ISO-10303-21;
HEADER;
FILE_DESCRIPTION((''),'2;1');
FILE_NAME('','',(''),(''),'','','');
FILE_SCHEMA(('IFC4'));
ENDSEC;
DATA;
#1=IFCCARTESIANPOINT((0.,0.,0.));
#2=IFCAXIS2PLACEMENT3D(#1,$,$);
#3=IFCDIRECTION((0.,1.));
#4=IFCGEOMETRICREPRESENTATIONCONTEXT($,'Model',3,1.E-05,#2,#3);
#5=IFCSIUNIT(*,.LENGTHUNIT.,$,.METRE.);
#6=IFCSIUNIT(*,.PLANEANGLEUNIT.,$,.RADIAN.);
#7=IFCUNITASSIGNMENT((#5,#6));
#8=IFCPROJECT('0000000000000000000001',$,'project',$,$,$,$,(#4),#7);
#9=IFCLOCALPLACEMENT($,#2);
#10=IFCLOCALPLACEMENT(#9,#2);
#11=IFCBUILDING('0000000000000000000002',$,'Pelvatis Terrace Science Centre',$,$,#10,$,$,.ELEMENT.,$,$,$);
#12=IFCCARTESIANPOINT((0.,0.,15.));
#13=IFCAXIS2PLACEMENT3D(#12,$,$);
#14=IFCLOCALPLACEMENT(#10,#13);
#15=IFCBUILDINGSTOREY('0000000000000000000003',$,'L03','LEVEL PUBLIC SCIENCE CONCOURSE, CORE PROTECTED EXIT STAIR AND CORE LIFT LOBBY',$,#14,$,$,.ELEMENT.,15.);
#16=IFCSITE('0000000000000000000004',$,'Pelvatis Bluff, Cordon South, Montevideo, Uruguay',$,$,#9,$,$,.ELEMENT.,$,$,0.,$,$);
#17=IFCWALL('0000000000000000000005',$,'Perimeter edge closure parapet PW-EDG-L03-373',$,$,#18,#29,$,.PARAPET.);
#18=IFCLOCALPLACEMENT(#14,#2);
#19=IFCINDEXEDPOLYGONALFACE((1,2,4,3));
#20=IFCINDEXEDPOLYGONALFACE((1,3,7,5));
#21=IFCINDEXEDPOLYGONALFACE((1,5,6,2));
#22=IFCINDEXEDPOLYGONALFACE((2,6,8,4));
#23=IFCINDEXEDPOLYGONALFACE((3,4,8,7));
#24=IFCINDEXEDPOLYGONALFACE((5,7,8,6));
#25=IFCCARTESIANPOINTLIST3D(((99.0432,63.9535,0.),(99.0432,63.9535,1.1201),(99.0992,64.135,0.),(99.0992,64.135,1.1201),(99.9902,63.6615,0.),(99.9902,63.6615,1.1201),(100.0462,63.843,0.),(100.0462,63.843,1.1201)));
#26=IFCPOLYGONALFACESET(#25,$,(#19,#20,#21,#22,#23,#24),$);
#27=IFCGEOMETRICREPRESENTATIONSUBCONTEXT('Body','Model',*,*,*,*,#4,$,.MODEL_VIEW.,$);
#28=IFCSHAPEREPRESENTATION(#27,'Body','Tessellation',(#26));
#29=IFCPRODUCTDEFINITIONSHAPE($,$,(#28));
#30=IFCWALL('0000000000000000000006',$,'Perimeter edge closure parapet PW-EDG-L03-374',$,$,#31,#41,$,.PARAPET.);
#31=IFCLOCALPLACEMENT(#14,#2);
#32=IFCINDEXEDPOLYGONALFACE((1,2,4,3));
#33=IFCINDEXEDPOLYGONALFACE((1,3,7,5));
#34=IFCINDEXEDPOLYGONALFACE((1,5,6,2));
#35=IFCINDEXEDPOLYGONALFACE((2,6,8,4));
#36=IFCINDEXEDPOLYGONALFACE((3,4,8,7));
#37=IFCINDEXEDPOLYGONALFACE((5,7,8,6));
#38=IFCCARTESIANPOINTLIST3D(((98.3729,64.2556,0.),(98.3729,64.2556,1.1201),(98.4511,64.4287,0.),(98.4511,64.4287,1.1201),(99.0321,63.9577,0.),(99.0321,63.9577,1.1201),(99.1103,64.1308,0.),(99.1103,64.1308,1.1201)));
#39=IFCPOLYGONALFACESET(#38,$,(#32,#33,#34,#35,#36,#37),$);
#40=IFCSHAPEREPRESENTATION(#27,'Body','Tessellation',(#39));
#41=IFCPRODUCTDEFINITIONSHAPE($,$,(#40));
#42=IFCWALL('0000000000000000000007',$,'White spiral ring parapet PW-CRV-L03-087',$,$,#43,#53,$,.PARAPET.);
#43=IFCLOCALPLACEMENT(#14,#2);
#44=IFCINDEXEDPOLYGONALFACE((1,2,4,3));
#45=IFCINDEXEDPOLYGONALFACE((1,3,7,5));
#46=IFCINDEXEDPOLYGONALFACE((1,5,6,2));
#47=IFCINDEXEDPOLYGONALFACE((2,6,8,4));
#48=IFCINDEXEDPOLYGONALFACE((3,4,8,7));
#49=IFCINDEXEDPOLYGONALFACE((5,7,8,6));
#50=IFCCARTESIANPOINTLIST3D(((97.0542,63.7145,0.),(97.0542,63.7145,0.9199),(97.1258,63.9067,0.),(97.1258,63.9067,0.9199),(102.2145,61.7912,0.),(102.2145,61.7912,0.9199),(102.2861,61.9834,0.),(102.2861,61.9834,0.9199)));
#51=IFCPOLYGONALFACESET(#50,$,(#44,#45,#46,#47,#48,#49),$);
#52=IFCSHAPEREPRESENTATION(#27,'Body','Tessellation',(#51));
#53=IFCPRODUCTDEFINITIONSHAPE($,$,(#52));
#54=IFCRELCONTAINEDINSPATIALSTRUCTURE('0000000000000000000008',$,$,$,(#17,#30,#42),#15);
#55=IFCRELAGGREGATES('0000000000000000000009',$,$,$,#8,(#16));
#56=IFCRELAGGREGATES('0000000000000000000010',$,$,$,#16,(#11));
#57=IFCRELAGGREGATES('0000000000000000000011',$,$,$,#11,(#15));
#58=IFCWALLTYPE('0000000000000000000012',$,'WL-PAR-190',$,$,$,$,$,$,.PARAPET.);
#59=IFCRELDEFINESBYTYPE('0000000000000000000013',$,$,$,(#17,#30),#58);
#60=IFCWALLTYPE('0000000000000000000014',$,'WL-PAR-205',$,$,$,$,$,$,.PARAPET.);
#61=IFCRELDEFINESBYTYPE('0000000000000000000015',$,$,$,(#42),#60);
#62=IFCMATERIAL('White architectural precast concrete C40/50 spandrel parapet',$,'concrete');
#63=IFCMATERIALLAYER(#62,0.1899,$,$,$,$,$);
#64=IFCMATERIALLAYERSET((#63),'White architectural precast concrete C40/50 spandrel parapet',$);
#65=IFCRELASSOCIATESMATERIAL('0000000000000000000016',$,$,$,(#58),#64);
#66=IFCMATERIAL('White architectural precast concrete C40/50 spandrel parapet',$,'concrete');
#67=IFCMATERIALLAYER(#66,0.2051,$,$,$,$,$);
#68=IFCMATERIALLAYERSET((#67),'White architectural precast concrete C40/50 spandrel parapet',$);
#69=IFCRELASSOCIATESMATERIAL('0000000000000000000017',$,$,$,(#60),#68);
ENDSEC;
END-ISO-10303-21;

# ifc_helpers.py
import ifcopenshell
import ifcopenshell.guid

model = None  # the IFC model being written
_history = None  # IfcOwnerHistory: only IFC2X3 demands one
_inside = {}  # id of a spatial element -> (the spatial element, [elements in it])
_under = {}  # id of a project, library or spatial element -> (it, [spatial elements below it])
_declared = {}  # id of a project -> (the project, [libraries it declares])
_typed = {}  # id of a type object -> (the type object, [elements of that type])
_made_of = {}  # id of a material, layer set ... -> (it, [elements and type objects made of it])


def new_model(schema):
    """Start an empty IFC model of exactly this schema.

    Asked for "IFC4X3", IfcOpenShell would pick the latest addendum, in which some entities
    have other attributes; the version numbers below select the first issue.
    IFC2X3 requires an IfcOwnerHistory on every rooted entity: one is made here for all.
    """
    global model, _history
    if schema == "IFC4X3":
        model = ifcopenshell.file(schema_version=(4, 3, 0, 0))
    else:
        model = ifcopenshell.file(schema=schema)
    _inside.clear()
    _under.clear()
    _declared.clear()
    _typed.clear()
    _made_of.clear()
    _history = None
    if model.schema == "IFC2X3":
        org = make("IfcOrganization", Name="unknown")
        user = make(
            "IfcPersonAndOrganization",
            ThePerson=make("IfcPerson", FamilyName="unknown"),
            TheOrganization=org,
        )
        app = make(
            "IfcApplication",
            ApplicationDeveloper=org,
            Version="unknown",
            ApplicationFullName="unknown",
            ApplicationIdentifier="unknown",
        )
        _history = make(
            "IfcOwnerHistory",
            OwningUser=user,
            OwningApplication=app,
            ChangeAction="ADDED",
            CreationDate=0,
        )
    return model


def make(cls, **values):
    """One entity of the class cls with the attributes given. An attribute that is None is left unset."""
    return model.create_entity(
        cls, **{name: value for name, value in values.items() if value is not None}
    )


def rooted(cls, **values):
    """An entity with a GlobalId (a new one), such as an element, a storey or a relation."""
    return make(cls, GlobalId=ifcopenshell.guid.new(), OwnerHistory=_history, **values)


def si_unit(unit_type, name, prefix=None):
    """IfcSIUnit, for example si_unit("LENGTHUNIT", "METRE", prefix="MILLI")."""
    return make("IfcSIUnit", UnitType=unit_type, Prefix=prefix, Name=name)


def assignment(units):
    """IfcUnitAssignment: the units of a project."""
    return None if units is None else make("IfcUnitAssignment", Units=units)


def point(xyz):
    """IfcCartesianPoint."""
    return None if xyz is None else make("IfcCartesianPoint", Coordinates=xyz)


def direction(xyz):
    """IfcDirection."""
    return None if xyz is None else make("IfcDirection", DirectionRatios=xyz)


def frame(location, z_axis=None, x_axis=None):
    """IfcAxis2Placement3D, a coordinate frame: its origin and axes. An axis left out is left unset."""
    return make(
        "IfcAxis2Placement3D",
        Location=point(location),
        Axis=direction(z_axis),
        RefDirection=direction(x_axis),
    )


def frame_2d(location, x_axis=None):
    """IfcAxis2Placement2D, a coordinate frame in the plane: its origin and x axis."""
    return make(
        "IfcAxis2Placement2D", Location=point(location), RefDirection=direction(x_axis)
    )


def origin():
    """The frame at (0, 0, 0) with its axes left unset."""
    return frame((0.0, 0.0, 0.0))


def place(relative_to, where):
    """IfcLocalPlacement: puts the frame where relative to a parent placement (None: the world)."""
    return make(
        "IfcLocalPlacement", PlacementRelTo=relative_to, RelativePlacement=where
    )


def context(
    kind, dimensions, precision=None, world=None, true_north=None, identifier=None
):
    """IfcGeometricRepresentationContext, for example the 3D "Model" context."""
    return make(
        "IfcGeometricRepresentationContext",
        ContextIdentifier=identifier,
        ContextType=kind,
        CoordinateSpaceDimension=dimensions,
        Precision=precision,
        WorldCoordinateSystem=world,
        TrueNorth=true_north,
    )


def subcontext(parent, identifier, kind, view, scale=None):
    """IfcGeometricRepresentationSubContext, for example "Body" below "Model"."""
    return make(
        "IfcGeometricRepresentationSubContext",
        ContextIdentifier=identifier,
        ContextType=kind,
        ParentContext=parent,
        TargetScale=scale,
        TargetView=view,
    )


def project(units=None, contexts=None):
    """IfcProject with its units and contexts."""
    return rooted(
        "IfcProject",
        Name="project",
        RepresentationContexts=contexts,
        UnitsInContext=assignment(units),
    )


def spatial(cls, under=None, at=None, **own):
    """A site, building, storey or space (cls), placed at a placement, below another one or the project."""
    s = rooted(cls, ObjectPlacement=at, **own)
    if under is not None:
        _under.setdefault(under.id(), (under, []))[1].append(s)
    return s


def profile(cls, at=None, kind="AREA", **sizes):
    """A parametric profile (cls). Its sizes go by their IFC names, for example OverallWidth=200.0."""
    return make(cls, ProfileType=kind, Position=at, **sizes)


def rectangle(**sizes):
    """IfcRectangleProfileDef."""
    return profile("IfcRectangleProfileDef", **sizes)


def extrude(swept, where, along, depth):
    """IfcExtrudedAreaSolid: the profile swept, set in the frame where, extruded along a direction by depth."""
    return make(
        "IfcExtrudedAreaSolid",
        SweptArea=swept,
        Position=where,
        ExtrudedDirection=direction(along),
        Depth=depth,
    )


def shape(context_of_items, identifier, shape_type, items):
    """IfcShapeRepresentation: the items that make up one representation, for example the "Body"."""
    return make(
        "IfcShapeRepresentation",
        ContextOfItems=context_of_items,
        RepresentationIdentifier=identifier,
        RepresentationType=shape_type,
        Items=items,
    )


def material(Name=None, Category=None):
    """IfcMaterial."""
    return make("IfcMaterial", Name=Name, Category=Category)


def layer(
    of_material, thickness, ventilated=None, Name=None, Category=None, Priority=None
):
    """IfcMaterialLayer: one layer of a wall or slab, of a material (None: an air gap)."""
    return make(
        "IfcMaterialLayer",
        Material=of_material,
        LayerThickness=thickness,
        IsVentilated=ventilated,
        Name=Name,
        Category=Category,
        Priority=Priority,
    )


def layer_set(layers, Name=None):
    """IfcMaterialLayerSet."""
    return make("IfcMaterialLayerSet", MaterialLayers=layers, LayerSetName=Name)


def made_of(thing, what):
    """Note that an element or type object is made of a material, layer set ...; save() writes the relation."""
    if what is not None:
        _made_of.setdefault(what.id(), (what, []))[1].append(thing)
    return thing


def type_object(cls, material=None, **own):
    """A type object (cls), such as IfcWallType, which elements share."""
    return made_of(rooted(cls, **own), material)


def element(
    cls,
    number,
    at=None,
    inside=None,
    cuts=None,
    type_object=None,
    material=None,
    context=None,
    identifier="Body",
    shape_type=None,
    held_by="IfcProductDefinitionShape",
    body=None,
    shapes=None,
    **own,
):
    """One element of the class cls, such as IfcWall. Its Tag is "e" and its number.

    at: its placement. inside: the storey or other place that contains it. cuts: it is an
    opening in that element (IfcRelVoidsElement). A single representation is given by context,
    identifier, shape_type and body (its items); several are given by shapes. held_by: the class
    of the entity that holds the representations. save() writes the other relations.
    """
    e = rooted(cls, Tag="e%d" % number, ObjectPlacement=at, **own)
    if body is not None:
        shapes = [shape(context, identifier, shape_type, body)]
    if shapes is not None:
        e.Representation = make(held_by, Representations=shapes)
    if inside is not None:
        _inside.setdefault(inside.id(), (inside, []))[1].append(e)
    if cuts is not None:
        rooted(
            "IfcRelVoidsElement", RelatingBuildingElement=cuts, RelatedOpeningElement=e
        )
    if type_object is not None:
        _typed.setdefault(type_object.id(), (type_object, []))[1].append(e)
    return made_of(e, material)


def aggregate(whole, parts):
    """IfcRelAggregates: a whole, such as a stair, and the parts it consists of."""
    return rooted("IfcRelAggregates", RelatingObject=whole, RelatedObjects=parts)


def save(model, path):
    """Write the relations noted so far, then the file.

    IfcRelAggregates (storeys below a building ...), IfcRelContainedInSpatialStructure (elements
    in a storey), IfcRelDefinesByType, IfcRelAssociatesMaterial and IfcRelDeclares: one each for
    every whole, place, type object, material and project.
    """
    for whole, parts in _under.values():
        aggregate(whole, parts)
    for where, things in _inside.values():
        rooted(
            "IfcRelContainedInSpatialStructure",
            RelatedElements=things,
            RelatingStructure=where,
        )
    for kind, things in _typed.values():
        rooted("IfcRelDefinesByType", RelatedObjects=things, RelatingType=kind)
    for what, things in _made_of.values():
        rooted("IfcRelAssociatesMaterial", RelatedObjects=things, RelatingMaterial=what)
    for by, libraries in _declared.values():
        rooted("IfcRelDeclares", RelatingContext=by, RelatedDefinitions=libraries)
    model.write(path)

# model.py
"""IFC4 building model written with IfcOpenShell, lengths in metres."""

from ifc_helpers import new_model, si_unit, direction, frame, frame_2d, origin, place, context, subcontext, project, spatial, rectangle, extrude, material, layer, layer_set, type_object, element, save


model = new_model("IFC4")

# Units and contexts
model_context = context("Model", 3, precision=1e-05, world=origin(), true_north=direction((0.0, 1.0)))
body_context = subcontext(model_context, "Body", "Model", "MODEL_VIEW")
ifc_project = project(units=[si_unit("LENGTHUNIT", "METRE"), si_unit("PLANEANGLEUNIT", "RADIAN")], contexts=[model_context])

# Site, building, storey
site_placement = place(None, origin())
site = spatial("IfcSite", under=ifc_project, at=site_placement, Name="Pelvatis Bluff, Cordon South, Montevideo, Uruguay", CompositionType="ELEMENT", RefElevation=0.0)
building_placement = place(site_placement, origin())
building = spatial("IfcBuilding", under=site, at=building_placement, Name="Pelvatis Terrace Science Centre", CompositionType="ELEMENT")
storey_placement = place(building_placement, frame((0.0, 0.0, 15.0)))
storey = spatial("IfcBuildingStorey", under=building, at=storey_placement, Name="L03", Description="LEVEL PUBLIC SCIENCE CONCOURSE, CORE PROTECTED EXIT STAIR AND CORE LIFT LOBBY", CompositionType="ELEMENT", Elevation=15.0)

# Walls
ifc_material_1 = material(Name="White architectural precast concrete C40/50 spandrel parapet", Category="concrete")
ifc_layer_1 = layer(ifc_material_1, 0.1899)
ifc_layer_set_1 = layer_set([ifc_layer_1], Name="White architectural precast concrete C40/50 spandrel parapet")
wall_type_1 = type_object("IfcWallType", Name="WL-PAR-190", PredefinedType="PARAPET", material=ifc_layer_set_1)
wall_1_placement = place(storey_placement, frame((100.0183, 63.7522, 0.0), z_axis=(0.0, 0.0, 1.0), x_axis=(-0.955608, 0.29464, 0.0)))
element("IfcWall", 1, at=wall_1_placement, inside=storey, type_object=wall_type_1, Name="Perimeter edge closure parapet PW-EDG-L03-373", PredefinedType="PARAPET", context=body_context, shape_type="SweptSolid", body=[
    extrude(rectangle(XDim=0.991, YDim=0.1899, at=frame_2d((0.4956, 0.0))), origin(), (0.0, 0.0, 1.0), 1.1201),
])
wall_2_placement = place(storey_placement, frame((99.0713, 64.0442, 0.0), z_axis=(0.0, 0.0, 1.0), x_axis=(-0.911289, 0.411768, 0.0)))
element("IfcWall", 2, at=wall_2_placement, inside=storey, type_object=wall_type_1, Name="Perimeter edge closure parapet PW-EDG-L03-374", PredefinedType="PARAPET", context=body_context, shape_type="SweptSolid", body=[
    extrude(rectangle(XDim=0.7234, YDim=0.1899, at=frame_2d((0.3618, 0.0))), origin(), (0.0, 0.0, 1.0), 1.1201),
])
ifc_material_2 = material(Name="White architectural precast concrete C40/50 spandrel parapet", Category="concrete")
ifc_layer_2 = layer(ifc_material_2, 0.2051)
ifc_layer_set_2 = layer_set([ifc_layer_2], Name="White architectural precast concrete C40/50 spandrel parapet")
wall_type_2 = type_object("IfcWallType", Name="WL-PAR-205", PredefinedType="PARAPET", material=ifc_layer_set_2)
wall_3_placement = place(storey_placement, frame((97.0901, 63.8105, 0.0), z_axis=(0.0, 0.0, 1.0), x_axis=(0.937032, -0.349243, 0.0)))
element("IfcWall", 3, at=wall_3_placement, inside=storey, type_object=wall_type_2, Name="White spiral ring parapet PW-CRV-L03-087", PredefinedType="PARAPET", context=body_context, shape_type="SweptSolid", body=[
    extrude(rectangle(XDim=5.5071, YDim=0.2051, at=frame_2d((2.7534, 0.0))), origin(), (0.0, 0.0, 1.0), 0.9199),
])

save(model, "model.ifc")
